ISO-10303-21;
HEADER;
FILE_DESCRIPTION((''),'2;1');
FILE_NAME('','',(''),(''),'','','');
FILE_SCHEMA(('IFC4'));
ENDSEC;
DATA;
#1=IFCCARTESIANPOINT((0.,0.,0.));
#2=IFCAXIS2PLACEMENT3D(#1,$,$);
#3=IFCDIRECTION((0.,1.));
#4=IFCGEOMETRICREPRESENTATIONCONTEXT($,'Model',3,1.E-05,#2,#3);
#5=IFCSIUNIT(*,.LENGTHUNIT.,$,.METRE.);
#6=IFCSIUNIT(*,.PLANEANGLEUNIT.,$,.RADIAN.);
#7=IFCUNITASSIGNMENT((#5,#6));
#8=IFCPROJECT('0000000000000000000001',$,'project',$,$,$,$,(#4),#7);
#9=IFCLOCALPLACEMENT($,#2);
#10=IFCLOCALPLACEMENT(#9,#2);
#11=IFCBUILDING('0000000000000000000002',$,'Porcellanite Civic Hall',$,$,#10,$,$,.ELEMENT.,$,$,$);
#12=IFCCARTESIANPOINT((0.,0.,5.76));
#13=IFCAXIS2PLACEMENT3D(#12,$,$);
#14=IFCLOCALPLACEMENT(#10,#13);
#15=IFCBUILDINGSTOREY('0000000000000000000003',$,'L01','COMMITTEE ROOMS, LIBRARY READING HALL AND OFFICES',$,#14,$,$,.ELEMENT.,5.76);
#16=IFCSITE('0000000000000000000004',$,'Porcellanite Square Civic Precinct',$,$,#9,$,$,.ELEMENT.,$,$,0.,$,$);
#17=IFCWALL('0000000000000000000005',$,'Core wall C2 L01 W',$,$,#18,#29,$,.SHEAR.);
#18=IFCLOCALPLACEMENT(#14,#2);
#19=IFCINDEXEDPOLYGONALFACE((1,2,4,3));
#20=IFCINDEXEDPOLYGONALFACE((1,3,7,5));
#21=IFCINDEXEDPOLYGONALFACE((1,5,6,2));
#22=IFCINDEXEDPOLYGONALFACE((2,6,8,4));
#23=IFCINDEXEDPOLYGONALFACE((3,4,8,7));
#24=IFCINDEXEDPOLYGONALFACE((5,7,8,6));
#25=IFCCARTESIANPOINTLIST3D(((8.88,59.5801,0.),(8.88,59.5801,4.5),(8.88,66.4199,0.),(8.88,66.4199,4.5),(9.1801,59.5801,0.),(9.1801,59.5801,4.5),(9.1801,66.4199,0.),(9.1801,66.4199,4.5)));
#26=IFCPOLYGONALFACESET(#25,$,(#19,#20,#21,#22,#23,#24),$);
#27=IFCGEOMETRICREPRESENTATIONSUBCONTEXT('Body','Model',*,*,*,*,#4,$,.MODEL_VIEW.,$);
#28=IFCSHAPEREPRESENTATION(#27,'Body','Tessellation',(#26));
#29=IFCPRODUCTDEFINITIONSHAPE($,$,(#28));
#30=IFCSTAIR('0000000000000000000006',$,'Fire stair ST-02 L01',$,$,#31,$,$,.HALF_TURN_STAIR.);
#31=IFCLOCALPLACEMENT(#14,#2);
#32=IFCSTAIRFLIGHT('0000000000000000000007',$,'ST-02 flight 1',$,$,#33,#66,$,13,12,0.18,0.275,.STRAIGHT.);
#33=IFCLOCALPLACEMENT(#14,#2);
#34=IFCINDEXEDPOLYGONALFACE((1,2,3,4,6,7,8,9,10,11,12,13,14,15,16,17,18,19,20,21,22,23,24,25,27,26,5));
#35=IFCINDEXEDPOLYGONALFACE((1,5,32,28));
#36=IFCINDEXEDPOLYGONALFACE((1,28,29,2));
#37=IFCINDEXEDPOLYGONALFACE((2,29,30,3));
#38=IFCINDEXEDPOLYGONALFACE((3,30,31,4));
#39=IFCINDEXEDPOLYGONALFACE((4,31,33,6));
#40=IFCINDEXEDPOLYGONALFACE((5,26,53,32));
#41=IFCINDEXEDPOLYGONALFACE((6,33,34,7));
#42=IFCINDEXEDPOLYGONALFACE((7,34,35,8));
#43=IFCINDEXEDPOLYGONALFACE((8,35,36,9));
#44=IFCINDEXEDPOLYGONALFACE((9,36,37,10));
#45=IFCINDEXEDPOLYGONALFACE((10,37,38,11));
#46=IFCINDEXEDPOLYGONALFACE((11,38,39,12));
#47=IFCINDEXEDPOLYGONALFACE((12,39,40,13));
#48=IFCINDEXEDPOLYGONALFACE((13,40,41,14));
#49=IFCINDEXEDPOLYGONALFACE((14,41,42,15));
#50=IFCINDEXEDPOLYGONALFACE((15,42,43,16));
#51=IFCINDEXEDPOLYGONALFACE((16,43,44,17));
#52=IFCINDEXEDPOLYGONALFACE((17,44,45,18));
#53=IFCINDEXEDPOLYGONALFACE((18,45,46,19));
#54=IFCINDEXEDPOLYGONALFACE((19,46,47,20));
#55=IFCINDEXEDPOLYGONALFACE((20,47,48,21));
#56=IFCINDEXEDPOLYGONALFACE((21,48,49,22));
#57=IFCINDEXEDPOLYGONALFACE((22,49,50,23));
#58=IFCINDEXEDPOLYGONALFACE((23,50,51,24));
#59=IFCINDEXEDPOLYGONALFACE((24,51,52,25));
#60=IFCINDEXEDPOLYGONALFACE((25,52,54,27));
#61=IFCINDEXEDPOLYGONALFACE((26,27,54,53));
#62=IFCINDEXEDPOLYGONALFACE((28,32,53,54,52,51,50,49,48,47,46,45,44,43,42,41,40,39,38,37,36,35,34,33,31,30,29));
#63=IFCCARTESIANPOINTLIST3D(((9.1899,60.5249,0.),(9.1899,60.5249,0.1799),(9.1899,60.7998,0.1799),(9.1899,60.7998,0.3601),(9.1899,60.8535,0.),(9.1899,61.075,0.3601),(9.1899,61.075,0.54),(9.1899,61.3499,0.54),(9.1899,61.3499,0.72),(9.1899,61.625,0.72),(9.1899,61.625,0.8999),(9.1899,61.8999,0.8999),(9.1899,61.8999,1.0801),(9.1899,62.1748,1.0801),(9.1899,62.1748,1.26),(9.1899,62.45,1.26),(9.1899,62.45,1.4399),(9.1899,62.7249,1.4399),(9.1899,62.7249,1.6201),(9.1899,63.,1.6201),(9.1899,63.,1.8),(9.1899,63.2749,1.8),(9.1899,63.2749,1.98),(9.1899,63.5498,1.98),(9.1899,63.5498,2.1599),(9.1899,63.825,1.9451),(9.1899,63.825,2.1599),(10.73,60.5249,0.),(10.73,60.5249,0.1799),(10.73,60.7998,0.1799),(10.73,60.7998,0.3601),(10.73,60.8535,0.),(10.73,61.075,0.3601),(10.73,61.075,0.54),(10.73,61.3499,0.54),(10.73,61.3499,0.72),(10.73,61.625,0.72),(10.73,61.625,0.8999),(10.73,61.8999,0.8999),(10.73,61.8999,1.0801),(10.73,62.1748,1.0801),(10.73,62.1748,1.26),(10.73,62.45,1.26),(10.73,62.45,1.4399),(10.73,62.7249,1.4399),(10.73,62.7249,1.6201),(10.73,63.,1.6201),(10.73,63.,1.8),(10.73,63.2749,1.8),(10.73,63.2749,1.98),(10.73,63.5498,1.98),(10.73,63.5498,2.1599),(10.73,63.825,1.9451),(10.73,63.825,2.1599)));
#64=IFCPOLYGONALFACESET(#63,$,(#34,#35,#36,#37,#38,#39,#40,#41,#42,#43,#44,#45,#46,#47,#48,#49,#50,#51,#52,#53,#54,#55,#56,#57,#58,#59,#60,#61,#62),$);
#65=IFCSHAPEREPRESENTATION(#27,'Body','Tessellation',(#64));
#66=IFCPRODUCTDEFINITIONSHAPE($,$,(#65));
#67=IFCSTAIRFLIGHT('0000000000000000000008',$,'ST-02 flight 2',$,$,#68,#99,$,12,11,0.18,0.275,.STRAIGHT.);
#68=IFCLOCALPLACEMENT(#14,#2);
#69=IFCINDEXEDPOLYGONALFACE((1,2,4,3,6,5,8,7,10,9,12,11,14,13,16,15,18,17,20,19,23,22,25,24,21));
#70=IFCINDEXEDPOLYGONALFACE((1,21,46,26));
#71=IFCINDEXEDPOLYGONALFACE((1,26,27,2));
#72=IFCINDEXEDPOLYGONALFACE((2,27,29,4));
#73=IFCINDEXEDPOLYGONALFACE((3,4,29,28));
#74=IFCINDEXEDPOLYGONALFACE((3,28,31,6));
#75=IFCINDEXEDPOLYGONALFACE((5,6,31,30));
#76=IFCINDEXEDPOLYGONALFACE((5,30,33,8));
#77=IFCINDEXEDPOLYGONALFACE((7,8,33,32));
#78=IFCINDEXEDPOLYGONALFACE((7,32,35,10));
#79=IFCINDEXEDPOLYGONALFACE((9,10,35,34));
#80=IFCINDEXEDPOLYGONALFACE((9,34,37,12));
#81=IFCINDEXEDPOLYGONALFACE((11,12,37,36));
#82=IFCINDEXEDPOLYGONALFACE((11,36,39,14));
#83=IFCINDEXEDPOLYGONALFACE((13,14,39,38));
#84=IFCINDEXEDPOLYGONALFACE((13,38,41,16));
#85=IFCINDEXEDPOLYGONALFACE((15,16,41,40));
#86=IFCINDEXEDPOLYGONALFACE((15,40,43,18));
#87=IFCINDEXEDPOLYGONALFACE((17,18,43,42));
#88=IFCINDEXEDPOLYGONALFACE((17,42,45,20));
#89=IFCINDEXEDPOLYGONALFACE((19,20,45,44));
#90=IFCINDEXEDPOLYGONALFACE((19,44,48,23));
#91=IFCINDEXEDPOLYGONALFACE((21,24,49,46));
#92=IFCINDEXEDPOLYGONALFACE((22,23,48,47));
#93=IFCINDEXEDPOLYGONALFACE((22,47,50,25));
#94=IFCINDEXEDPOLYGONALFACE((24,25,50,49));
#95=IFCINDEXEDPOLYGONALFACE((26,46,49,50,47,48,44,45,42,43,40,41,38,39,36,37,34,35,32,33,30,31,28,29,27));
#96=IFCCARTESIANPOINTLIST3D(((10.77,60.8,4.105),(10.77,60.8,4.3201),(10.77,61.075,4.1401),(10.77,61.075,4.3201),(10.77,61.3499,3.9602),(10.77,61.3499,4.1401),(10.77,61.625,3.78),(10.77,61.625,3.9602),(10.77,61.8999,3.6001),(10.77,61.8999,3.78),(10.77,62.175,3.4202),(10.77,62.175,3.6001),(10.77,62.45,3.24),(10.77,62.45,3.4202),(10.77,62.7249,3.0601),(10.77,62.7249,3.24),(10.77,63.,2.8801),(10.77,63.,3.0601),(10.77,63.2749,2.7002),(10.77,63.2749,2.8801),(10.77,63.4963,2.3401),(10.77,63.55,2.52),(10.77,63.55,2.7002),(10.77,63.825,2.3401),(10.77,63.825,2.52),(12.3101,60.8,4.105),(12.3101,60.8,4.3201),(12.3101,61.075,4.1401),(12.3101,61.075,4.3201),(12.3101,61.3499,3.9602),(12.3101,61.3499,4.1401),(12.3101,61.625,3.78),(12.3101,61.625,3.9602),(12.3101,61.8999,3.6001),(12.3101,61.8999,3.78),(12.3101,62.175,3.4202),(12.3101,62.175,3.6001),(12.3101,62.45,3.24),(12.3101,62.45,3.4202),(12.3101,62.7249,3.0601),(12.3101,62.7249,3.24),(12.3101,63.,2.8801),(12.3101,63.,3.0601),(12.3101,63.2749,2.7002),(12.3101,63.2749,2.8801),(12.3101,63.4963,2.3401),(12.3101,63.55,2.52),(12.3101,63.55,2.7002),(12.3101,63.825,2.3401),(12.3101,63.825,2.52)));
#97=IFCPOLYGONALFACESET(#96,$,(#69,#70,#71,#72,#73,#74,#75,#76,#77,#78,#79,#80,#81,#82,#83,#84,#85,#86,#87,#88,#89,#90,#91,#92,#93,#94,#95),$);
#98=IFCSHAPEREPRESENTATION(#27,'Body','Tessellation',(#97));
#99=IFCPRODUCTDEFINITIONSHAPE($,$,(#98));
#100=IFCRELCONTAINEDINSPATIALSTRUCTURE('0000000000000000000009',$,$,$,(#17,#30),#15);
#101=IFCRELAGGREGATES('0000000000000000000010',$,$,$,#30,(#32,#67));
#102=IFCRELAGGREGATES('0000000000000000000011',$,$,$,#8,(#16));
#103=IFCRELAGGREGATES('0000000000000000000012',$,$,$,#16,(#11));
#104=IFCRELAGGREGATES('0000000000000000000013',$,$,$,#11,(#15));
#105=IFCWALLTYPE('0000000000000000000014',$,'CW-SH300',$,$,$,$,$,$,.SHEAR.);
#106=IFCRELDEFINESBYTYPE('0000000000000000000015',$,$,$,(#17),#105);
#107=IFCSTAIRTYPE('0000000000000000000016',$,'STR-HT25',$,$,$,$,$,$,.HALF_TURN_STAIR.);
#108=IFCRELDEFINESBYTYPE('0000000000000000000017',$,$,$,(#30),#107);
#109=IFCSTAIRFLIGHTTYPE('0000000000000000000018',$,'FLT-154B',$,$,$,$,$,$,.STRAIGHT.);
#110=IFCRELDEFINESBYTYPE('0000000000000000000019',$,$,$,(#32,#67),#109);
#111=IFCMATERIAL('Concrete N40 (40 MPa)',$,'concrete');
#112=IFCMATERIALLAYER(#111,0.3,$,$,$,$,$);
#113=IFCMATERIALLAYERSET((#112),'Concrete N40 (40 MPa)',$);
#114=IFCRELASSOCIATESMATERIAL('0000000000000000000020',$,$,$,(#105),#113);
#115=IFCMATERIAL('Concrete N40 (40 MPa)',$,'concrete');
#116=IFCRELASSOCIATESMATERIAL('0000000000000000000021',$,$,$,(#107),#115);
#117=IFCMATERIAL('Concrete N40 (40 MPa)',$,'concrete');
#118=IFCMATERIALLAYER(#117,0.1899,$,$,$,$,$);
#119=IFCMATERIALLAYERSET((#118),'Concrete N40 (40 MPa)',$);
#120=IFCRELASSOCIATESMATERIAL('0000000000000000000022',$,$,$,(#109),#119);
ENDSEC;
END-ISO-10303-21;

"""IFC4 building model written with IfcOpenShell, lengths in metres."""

from ifc_helpers import new_model, si_unit, direction, frame, frame_2d, origin, place, context, subcontext, project, spatial, polyline, rectangle, outline, extrude, material, layer, layer_set, type_object, element, aggregate, save


model = new_model("IFC4")

# Units and contexts
model_context = context("Model", 3, precision=1e-05, world=origin(), true_north=direction((0.0, 1.0)))
body_context = subcontext(model_context, "Body", "Model", "MODEL_VIEW")
ifc_project = project(units=[si_unit("LENGTHUNIT", "METRE"), si_unit("PLANEANGLEUNIT", "RADIAN")], contexts=[model_context])

# Site, building, storey
site_placement = place(None, origin())
site = spatial("IfcSite", under=ifc_project, at=site_placement, Name="Porcellanite Square Civic Precinct", CompositionType="ELEMENT", RefElevation=0.0)
building_placement = place(site_placement, origin())
building = spatial("IfcBuilding", under=site, at=building_placement, Name="Porcellanite Civic Hall", CompositionType="ELEMENT")
storey_placement = place(building_placement, frame((0.0, 0.0, 5.76)))
storey = spatial("IfcBuildingStorey", under=building, at=storey_placement, Name="L01", Description="COMMITTEE ROOMS, LIBRARY READING HALL AND OFFICES", CompositionType="ELEMENT", Elevation=5.76)

# Shared definitions
ifc_material_1 = material(Name="Concrete N40 (40 MPa)", Category="concrete")
ifc_layer_1 = layer(ifc_material_1, 0.3)
ifc_layer_set_1 = layer_set([ifc_layer_1], Name="Concrete N40 (40 MPa)")
wall_type_1 = type_object("IfcWallType", Name="CW-SH300", PredefinedType="SHEAR", material=ifc_layer_set_1)

# Wall
wall_1_placement = place(storey_placement, frame((9.03, 59.5801, 0.0), z_axis=(0.0, 0.0, 1.0), x_axis=(0.0, 1.0, 0.0)))
element("IfcWall", 1, at=wall_1_placement, inside=storey, type_object=wall_type_1, Name="Core wall C2 L01 W", PredefinedType="SHEAR", context=body_context, shape_type="SweptSolid", body=[
    extrude(rectangle(XDim=6.8398, YDim=0.3, at=frame_2d((3.4199, 0.0))), origin(), (0.0, 0.0, 1.0), 4.5),
])

# Stair, stair flights
ifc_material_2 = material(Name="Concrete N40 (40 MPa)", Category="concrete")
stair_type = type_object("IfcStairType", Name="STR-HT25", PredefinedType="HALF_TURN_STAIR", material=ifc_material_2)
stair_placement = place(storey_placement, origin())
stair = element("IfcStair", 2, at=stair_placement, inside=storey, type_object=stair_type, Name="Fire stair ST-02 L01", PredefinedType="HALF_TURN_STAIR")
ifc_material_3 = material(Name="Concrete N40 (40 MPa)", Category="concrete")
ifc_layer_2 = layer(ifc_material_3, 0.1899)
ifc_layer_set_2 = layer_set([ifc_layer_2], Name="Concrete N40 (40 MPa)")
stair_flight_type = type_object("IfcStairFlightType", Name="FLT-154B", PredefinedType="STRAIGHT", material=ifc_layer_set_2)
stair_flight_1_placement = place(storey_placement, frame((9.96, 60.5249, 0.0), z_axis=(0.0, 0.0, 1.0), x_axis=(0.0, 1.0, 0.0)))
stair_flight_1 = element("IfcStairFlight", 3, at=stair_flight_1_placement, type_object=stair_flight_type, Name="ST-02 flight 1", NumberOfRisers=13, NumberOfTreads=12, PredefinedType="STRAIGHT", RiserHeight=0.18, TreadLength=0.275, context=body_context, shape_type="SweptSolid", body=[
    extrude(outline(polyline([(0.0, 0.0), (0.0, 0.1799), (0.2749, 0.1799), (0.2749, 0.3601), (0.55, 0.3601), (0.55, 0.54), (0.825, 0.54), (0.825, 0.72), (1.1001, 0.72), (1.1001, 0.8999), (1.375, 0.8999), (1.375, 1.0801), (1.6499, 1.0801), (1.6499, 1.26), (1.925, 1.26), (1.925, 1.4399), (2.2, 1.4399), (2.2, 1.6201), (2.4751, 1.6201), (2.4751, 1.8), (2.75, 1.8), (2.75, 1.98), (3.0249, 1.98), (3.0249, 2.1599), (3.3, 2.1599), (3.3, 2.3401), (3.3, 1.9451), (0.3286, 0.0), (0.0, 0.0)])), frame((0.0, 0.77, 0.0), z_axis=(0.0, -1.0, 0.0), x_axis=(1.0, 0.0, 0.0)), (0.0, 0.0, 1.0), 1.54),
])
stair_flight_2_placement = place(storey_placement, frame((11.54, 63.825, 2.3401), z_axis=(0.0, 0.0, 1.0), x_axis=(0.0, -1.0, 0.0)))
stair_flight_2 = element("IfcStairFlight", 4, at=stair_flight_2_placement, type_object=stair_flight_type, Name="ST-02 flight 2", NumberOfRisers=12, NumberOfTreads=11, PredefinedType="STRAIGHT", RiserHeight=0.18, TreadLength=0.275, context=body_context, shape_type="SweptSolid", body=[
    extrude(outline(polyline([(0.0, 0.0), (0.0, 0.1799), (0.2749, 0.1799), (0.2749, 0.3601), (0.55, 0.3601), (0.55, 0.54), (0.825, 0.54), (0.825, 0.72), (1.1001, 0.72), (1.1001, 0.8999), (1.375, 0.8999), (1.375, 1.0801), (1.6499, 1.0801), (1.6499, 1.26), (1.925, 1.26), (1.925, 1.4399), (2.2, 1.4399), (2.2, 1.6201), (2.4751, 1.6201), (2.4751, 1.8), (2.75, 1.8), (2.75, 1.98), (3.0249, 1.98), (3.0249, 2.1599), (3.0249, 1.7649), (0.3286, 0.0), (0.0, 0.0)])), frame((0.0, 0.77, 0.0), z_axis=(0.0, -1.0, 0.0), x_axis=(1.0, 0.0, 0.0)), (0.0, 0.0, 1.0), 1.54),
])
aggregate(stair, [stair_flight_1, stair_flight_2])

save(model, "model.ifc")
